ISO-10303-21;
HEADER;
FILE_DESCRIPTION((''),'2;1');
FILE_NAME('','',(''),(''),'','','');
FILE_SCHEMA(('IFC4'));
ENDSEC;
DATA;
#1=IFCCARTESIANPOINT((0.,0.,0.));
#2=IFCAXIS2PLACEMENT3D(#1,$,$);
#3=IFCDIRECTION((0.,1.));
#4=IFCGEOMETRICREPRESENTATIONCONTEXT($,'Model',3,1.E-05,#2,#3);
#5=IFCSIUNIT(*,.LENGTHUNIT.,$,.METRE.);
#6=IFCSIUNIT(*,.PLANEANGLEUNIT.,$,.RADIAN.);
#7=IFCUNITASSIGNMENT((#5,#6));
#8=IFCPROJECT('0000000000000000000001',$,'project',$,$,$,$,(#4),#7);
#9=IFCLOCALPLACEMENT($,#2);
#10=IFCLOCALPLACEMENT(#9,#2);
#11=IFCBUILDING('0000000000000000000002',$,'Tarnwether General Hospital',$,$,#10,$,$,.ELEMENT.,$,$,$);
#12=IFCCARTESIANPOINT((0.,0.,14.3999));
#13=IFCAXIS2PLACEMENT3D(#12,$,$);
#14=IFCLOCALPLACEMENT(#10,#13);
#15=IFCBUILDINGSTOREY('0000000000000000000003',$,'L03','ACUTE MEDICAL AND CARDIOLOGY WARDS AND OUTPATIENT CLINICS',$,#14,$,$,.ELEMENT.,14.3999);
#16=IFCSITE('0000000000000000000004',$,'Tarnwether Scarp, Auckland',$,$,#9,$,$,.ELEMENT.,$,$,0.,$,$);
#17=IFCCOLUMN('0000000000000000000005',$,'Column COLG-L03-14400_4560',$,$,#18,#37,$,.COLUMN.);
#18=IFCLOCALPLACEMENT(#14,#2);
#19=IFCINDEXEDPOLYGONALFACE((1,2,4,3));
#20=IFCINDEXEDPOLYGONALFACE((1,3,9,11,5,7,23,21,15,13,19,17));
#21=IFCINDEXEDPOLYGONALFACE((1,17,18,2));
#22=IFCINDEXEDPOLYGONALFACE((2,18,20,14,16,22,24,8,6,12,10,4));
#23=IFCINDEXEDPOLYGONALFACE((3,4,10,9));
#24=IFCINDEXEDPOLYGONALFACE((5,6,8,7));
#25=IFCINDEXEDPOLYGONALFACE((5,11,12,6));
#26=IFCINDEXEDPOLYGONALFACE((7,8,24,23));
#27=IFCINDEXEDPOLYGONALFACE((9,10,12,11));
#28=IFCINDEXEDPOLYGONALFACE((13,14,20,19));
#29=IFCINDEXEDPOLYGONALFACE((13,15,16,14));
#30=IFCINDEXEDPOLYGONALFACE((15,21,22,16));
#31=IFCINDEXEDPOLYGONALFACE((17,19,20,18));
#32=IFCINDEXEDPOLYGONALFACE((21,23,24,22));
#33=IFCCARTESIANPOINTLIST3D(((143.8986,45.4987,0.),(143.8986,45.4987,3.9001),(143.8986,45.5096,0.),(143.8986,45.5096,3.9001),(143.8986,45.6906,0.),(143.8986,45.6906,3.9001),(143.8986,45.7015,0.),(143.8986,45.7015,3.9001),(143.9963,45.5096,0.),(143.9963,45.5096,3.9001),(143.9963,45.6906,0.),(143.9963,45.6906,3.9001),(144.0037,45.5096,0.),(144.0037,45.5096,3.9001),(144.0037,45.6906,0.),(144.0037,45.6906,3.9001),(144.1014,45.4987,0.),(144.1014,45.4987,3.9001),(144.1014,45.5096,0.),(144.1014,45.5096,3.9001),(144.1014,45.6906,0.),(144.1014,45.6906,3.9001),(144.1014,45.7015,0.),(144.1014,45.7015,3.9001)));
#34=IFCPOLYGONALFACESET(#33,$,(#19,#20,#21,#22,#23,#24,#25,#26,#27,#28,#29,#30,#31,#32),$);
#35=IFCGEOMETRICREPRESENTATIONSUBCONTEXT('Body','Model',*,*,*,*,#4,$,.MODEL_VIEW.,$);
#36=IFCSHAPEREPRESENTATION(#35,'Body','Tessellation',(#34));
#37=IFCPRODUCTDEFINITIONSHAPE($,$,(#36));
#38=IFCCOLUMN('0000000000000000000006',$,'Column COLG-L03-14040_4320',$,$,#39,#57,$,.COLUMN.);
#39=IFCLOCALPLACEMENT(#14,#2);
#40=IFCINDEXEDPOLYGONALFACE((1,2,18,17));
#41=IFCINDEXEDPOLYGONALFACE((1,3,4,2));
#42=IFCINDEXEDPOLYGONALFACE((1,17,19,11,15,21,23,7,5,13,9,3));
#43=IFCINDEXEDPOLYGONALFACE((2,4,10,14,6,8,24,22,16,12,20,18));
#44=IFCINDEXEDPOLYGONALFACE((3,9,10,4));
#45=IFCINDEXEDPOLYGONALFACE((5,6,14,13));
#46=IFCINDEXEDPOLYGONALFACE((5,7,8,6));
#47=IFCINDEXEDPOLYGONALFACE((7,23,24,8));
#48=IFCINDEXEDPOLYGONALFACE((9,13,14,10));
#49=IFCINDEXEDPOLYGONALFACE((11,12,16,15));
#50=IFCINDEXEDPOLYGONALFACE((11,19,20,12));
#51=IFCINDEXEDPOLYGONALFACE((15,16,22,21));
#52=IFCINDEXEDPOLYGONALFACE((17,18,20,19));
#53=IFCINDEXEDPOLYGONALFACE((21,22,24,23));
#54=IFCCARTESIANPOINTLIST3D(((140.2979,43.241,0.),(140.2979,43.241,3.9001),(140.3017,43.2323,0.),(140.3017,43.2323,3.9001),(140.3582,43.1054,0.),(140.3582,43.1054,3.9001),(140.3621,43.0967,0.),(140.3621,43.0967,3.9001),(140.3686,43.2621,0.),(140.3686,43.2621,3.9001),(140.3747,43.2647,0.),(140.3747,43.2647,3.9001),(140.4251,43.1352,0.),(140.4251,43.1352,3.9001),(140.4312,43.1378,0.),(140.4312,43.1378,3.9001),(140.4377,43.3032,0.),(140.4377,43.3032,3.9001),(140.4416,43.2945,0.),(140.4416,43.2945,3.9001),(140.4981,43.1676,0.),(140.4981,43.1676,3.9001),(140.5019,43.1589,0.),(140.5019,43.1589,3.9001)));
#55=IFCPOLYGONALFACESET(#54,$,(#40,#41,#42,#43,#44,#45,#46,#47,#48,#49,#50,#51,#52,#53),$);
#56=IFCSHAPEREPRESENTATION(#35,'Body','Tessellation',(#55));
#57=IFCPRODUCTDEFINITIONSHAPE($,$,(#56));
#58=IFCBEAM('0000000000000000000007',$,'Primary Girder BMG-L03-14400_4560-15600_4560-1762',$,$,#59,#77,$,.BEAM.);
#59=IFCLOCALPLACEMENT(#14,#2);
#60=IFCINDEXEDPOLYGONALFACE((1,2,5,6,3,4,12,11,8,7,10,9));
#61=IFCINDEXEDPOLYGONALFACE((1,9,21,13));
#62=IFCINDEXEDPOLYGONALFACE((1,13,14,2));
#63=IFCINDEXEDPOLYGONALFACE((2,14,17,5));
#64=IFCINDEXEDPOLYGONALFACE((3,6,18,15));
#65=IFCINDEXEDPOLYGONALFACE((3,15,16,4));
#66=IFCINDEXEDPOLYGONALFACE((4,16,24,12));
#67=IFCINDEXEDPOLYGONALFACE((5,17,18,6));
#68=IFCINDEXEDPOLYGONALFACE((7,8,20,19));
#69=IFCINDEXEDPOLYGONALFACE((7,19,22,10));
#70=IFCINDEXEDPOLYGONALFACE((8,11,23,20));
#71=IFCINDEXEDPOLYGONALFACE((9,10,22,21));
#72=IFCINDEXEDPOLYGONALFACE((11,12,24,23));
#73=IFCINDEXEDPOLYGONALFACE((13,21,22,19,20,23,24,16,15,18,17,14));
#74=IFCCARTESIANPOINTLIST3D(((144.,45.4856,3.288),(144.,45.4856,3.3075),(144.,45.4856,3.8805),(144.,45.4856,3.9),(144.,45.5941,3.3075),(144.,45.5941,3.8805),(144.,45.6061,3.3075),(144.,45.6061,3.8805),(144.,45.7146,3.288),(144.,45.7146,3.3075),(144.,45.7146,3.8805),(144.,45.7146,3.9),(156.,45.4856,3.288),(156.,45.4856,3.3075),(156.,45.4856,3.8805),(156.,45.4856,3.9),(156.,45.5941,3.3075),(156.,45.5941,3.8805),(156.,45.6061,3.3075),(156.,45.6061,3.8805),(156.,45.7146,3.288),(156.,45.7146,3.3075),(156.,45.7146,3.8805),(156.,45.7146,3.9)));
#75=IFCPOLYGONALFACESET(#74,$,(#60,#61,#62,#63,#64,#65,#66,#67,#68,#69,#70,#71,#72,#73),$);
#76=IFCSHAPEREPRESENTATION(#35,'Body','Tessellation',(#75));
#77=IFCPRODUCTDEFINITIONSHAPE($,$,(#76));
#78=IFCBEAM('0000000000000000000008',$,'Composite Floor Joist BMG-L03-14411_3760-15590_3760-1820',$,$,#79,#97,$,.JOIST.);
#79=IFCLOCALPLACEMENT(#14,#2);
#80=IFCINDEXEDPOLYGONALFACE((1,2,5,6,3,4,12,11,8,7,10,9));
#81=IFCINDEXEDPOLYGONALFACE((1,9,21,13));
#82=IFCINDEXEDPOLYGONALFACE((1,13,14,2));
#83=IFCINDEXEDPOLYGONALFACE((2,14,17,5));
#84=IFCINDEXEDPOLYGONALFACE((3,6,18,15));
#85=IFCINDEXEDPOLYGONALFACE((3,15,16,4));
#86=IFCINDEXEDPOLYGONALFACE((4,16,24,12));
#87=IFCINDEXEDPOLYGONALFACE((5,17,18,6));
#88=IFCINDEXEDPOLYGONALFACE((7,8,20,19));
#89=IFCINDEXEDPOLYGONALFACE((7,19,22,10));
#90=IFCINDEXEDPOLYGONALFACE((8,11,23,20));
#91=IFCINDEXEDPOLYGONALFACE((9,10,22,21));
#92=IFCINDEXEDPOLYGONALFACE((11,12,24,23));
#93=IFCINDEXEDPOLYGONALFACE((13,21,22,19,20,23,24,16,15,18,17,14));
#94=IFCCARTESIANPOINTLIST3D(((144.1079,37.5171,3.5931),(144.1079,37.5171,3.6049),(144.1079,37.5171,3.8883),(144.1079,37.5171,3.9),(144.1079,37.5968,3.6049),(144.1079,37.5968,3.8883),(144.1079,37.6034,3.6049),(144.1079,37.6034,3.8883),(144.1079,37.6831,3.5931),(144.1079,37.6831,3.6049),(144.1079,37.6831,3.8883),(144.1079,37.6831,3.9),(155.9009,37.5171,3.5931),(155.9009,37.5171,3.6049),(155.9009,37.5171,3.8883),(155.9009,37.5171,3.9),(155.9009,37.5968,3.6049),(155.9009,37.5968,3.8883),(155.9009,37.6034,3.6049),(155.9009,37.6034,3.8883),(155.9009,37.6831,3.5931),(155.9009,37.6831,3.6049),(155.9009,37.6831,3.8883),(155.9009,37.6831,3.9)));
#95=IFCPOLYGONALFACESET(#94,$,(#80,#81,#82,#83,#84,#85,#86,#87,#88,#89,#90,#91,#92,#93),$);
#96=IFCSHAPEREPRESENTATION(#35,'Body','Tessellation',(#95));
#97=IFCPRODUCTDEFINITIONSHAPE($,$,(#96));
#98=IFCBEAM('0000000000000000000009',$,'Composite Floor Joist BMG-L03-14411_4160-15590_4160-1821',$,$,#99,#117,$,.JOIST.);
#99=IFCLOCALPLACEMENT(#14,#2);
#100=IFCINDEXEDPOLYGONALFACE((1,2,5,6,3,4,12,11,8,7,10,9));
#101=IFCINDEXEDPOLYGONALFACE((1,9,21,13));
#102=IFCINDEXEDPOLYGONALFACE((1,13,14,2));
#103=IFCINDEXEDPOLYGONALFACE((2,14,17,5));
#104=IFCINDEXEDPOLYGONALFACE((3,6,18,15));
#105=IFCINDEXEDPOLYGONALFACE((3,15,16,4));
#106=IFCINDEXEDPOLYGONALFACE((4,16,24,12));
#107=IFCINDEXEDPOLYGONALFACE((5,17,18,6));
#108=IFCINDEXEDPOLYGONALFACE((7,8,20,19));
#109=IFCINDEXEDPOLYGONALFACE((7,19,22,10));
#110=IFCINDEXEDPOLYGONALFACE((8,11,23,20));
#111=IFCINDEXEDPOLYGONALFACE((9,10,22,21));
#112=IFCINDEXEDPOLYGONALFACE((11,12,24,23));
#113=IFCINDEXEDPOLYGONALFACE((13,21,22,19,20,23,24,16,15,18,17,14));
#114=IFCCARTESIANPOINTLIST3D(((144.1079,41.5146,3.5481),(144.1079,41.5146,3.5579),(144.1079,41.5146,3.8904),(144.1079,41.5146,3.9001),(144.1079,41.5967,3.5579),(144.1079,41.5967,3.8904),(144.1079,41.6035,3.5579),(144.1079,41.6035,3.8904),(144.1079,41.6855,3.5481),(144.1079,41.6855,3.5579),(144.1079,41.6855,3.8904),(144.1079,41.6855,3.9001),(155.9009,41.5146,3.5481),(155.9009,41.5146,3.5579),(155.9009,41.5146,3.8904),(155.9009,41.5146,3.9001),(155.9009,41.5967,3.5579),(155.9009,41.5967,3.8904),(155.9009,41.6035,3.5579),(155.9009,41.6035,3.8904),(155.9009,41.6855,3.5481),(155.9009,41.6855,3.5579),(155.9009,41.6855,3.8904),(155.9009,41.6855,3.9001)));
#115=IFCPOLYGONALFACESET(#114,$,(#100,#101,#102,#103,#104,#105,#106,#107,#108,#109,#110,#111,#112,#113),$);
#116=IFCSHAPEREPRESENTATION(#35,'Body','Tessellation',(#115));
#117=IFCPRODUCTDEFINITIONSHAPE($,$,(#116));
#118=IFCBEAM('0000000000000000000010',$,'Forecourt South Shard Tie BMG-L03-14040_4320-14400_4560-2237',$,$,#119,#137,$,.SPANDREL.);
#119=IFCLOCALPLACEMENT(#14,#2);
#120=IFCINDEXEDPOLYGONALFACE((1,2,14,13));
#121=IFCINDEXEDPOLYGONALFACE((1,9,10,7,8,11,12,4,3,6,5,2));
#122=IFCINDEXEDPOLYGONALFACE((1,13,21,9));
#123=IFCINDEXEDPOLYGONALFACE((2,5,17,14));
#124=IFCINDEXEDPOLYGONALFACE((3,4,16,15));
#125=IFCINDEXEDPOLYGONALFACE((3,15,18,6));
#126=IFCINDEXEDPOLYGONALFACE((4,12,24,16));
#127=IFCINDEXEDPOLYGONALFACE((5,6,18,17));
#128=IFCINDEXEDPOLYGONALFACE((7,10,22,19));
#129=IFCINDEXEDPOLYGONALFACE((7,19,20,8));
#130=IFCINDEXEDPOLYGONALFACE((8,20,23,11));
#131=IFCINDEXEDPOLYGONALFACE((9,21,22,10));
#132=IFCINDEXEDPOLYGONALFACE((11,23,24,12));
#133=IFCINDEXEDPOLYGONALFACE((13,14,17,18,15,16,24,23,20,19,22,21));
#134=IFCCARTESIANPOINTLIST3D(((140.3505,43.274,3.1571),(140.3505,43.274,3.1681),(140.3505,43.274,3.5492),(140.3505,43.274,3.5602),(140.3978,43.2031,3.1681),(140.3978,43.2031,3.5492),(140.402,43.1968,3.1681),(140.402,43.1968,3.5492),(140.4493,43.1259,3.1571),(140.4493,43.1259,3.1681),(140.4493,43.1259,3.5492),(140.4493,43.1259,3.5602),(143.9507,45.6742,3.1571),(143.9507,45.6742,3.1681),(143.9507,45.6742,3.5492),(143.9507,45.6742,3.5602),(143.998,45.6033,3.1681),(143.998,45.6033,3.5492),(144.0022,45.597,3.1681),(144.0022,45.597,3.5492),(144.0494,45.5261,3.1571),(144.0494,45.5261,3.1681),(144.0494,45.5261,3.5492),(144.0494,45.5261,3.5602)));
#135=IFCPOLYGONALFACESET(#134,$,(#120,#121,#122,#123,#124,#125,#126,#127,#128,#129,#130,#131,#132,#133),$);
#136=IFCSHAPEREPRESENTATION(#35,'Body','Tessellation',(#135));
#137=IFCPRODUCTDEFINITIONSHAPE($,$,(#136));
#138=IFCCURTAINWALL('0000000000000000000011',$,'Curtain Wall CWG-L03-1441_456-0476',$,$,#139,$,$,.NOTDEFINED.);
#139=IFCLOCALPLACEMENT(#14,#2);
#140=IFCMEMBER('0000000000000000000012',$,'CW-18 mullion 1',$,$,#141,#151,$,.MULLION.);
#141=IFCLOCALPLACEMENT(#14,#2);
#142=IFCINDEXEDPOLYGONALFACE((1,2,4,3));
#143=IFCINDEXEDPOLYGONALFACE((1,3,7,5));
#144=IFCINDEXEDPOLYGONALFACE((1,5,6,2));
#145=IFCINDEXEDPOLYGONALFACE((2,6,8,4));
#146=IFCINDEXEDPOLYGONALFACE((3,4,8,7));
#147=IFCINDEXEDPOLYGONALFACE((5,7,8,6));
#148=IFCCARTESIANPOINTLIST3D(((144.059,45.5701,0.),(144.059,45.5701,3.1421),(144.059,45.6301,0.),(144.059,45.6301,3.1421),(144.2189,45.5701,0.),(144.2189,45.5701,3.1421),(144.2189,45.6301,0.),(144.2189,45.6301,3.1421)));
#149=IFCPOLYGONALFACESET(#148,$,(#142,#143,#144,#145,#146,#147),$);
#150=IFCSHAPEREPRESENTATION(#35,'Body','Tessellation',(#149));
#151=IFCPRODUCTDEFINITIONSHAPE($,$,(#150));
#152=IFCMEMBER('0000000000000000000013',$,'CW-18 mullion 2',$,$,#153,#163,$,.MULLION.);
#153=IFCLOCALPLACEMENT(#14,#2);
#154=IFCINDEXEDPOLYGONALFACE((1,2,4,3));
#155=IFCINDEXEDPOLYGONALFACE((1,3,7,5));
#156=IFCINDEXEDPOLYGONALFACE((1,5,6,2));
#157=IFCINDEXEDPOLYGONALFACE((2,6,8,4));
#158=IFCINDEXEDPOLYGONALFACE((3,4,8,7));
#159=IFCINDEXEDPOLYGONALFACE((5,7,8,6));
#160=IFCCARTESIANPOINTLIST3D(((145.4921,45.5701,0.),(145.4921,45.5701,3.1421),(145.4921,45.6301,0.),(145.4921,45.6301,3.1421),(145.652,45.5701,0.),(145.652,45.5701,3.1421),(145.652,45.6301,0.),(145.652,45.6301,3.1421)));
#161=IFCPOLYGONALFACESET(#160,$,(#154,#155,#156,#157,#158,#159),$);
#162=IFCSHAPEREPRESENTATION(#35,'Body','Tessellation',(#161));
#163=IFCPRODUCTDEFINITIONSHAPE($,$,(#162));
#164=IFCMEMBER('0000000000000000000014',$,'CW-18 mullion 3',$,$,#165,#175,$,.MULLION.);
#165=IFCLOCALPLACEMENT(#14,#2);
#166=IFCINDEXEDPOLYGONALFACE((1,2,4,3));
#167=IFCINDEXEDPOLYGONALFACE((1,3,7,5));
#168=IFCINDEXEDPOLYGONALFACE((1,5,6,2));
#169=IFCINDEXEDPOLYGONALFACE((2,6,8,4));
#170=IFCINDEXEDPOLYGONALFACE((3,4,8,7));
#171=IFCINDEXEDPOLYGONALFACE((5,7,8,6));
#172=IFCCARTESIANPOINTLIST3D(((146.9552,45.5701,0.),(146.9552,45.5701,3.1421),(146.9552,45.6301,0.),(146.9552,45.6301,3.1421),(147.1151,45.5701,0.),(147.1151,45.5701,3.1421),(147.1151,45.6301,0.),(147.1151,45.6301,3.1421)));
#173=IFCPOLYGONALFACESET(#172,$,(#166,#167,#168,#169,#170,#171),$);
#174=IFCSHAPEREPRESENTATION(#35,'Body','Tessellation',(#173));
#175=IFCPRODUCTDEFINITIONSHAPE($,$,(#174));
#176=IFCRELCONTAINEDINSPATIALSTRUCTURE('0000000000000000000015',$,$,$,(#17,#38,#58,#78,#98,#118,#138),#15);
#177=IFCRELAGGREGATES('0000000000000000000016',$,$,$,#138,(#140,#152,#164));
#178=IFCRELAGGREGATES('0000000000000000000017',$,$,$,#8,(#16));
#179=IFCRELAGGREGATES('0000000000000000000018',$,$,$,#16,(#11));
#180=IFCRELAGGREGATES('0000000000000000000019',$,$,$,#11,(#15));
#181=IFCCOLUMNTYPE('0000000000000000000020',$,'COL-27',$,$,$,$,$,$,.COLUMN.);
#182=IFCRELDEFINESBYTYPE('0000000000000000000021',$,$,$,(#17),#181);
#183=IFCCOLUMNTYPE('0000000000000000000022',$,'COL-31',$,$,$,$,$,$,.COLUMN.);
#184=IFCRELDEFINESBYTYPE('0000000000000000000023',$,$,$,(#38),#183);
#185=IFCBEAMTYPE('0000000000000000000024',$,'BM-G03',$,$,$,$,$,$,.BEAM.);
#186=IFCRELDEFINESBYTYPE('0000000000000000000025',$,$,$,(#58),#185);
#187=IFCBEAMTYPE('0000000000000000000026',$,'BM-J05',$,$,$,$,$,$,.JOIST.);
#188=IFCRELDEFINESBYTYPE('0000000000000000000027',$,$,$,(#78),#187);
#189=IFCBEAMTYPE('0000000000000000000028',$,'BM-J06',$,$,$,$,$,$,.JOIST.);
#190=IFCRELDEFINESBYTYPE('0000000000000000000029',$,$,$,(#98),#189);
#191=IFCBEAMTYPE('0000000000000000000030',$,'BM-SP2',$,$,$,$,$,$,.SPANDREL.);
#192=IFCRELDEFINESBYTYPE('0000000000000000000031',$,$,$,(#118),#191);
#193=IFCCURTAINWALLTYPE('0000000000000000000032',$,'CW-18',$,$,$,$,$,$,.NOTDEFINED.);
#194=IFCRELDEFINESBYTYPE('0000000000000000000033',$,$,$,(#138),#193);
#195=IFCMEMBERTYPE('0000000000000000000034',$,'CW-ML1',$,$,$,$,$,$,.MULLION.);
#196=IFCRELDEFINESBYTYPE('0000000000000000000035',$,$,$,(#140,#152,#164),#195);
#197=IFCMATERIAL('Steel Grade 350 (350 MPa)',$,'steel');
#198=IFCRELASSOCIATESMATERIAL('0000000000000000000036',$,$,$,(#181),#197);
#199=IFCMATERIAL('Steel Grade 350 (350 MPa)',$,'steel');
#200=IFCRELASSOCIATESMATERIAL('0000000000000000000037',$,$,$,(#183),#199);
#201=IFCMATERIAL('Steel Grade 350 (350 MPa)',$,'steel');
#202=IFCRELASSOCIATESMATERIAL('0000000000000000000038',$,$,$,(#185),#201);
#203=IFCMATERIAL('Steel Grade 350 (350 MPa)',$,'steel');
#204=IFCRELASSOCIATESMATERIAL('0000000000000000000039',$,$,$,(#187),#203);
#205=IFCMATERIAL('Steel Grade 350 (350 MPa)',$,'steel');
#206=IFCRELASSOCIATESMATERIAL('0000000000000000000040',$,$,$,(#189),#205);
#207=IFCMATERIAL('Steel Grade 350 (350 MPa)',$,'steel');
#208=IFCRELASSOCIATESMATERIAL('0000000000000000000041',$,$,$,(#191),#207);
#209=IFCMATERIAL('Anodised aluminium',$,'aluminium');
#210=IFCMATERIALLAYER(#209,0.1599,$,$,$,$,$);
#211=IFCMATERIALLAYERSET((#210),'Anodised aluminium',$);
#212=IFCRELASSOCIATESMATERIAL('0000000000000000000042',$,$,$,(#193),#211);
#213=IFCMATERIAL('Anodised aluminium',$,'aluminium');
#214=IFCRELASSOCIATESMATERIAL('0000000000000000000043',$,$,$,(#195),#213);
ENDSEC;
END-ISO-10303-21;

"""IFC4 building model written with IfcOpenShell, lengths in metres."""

from ifc_helpers import new_model, si_unit, direction, frame, origin, origin_2d, place, context, subcontext, project, spatial, rectangle, i_section, extrude, material, layer, layer_set, material_profile, profile_set, type_object, element, aggregate, save


model = new_model("IFC4")

# Units and contexts
model_context = context("Model", 3, precision=1e-05, world=origin(), true_north=direction((0.0, 1.0)))
body_context = subcontext(model_context, "Body", "Model", "MODEL_VIEW")
ifc_project = project(units=[si_unit("LENGTHUNIT", "METRE"), si_unit("PLANEANGLEUNIT", "RADIAN")], contexts=[model_context])

# Site, building, storey
site_placement = place(None, origin())
site = spatial("IfcSite", under=ifc_project, at=site_placement, Name="Tarnwether Scarp, Auckland", CompositionType="ELEMENT", RefElevation=0.0)
building_placement = place(site_placement, origin())
building = spatial("IfcBuilding", under=site, at=building_placement, Name="Tarnwether General Hospital", CompositionType="ELEMENT")
storey_placement = place(building_placement, frame((0.0, 0.0, 14.3999)))
storey = spatial("IfcBuildingStorey", under=building, at=storey_placement, Name="L03", Description="ACUTE MEDICAL AND CARDIOLOGY WARDS AND OUTPATIENT CLINICS", CompositionType="ELEMENT", Elevation=14.3999)

# Columns
ifc_material_1 = material(Name="Steel Grade 350 (350 MPa)", Category="steel")
ifc_material_profile_1 = material_profile(ifc_material_1, i_section(OverallWidth=0.2029, OverallDepth=0.2029, WebThickness=0.0073, FlangeThickness=0.011, at=origin_2d()), Name="200UC46.2")
ifc_profile_set_1 = profile_set([ifc_material_profile_1], Name="Steel Grade 350 (350 MPa)")
column_type_1 = type_object("IfcColumnType", Name="COL-27", PredefinedType="COLUMN", material=ifc_profile_set_1)
column_1_placement = place(storey_placement, frame((144.0, 45.6001, 0.0), z_axis=(0.0, 0.0, 1.0), x_axis=(1.0, 0.0, 0.0)))
element("IfcColumn", 1, at=column_1_placement, inside=storey, type_object=column_type_1, Name="Column COLG-L03-14400_4560", PredefinedType="COLUMN", context=body_context, shape_type="SweptSolid", body=[
    extrude(i_section(OverallWidth=0.2029, OverallDepth=0.2029, WebThickness=0.0073, FlangeThickness=0.011, at=origin_2d()), origin(), (0.0, 0.0, 1.0), 3.9001),
])
ifc_material_2 = material(Name="Steel Grade 350 (350 MPa)", Category="steel")
ifc_material_profile_2 = material_profile(ifc_material_2, i_section(OverallWidth=0.1531, OverallDepth=0.158, WebThickness=0.0066, FlangeThickness=0.0095, at=origin_2d()), Name="150UC30.0")
ifc_profile_set_2 = profile_set([ifc_material_profile_2], Name="Steel Grade 350 (350 MPa)")
column_type_2 = type_object("IfcColumnType", Name="COL-31", PredefinedType="COLUMN", material=ifc_profile_set_2)
column_2_placement = place(storey_placement, frame((140.3999, 43.2, 0.0), z_axis=(0.0, 0.0, 1.0), x_axis=(0.913545, 0.406737, 0.0)))
element("IfcColumn", 2, at=column_2_placement, inside=storey, type_object=column_type_2, Name="Column COLG-L03-14040_4320", PredefinedType="COLUMN", context=body_context, shape_type="SweptSolid", body=[
    extrude(i_section(OverallWidth=0.1531, OverallDepth=0.158, WebThickness=0.0066, FlangeThickness=0.0095, at=origin_2d()), origin(), (0.0, 0.0, 1.0), 3.9001),
])

# Beams
ifc_material_3 = material(Name="Steel Grade 350 (350 MPa)", Category="steel")
ifc_material_profile_3 = material_profile(ifc_material_3, i_section(OverallWidth=0.229, OverallDepth=0.6121, WebThickness=0.012, FlangeThickness=0.0195, at=origin_2d()), Name="610UB125")
ifc_profile_set_3 = profile_set([ifc_material_profile_3], Name="Steel Grade 350 (350 MPa)")
beam_type_1 = type_object("IfcBeamType", Name="BM-G03", PredefinedType="BEAM", material=ifc_profile_set_3)
beam_1_placement = place(storey_placement, frame((144.0, 45.6001, 3.594), z_axis=(1.0, 0.0, 0.0), x_axis=(0.0, 1.0, 0.0)))
element("IfcBeam", 3, at=beam_1_placement, inside=storey, type_object=beam_type_1, Name="Primary Girder BMG-L03-14400_4560-15600_4560-1762", PredefinedType="BEAM", context=body_context, shape_type="SweptSolid", body=[
    extrude(i_section(OverallWidth=0.229, OverallDepth=0.6121, WebThickness=0.012, FlangeThickness=0.0195, at=origin_2d()), origin(), (0.0, 0.0, 1.0), 12.0),
])
ifc_material_4 = material(Name="Steel Grade 350 (350 MPa)", Category="steel")
ifc_material_profile_4 = material_profile(ifc_material_4, i_section(OverallWidth=0.166, OverallDepth=0.3069, WebThickness=0.0066, FlangeThickness=0.0117, at=origin_2d()), Name="310UB46.2")
ifc_profile_set_4 = profile_set([ifc_material_profile_4], Name="Steel Grade 350 (350 MPa)")
beam_type_2 = type_object("IfcBeamType", Name="BM-J05", PredefinedType="JOIST", material=ifc_profile_set_4)
beam_2_placement = place(storey_placement, frame((144.1079, 37.6001, 3.7466), z_axis=(1.0, 0.0, 0.0), x_axis=(0.0, 1.0, 0.0)))
element("IfcBeam", 4, at=beam_2_placement, inside=storey, type_object=beam_type_2, Name="Composite Floor Joist BMG-L03-14411_3760-15590_3760-1820", PredefinedType="JOIST", context=body_context, shape_type="SweptSolid", body=[
    extrude(i_section(OverallWidth=0.166, OverallDepth=0.3069, WebThickness=0.0066, FlangeThickness=0.0117, at=origin_2d()), origin(), (0.0, 0.0, 1.0), 11.793),
])
ifc_material_5 = material(Name="Steel Grade 350 (350 MPa)", Category="steel")
ifc_material_profile_5 = material_profile(ifc_material_5, i_section(OverallWidth=0.1709, OverallDepth=0.3521, WebThickness=0.0068, FlangeThickness=0.0098, at=origin_2d()), Name="360UB44.7")
ifc_profile_set_5 = profile_set([ifc_material_profile_5], Name="Steel Grade 350 (350 MPa)")
beam_type_3 = type_object("IfcBeamType", Name="BM-J06", PredefinedType="JOIST", material=ifc_profile_set_5)
beam_3_placement = place(storey_placement, frame((144.1079, 41.6001, 3.7241), z_axis=(1.0, 0.0, 0.0), x_axis=(0.0, 1.0, 0.0)))
element("IfcBeam", 5, at=beam_3_placement, inside=storey, type_object=beam_type_3, Name="Composite Floor Joist BMG-L03-14411_4160-15590_4160-1821", PredefinedType="JOIST", context=body_context, shape_type="SweptSolid", body=[
    extrude(i_section(OverallWidth=0.1709, OverallDepth=0.3521, WebThickness=0.0068, FlangeThickness=0.0098, at=origin_2d()), origin(), (0.0, 0.0, 1.0), 11.793),
])
ifc_material_6 = material(Name="Steel Grade 350 (350 MPa)", Category="steel")
ifc_material_profile_6 = material_profile(ifc_material_6, i_section(OverallWidth=0.178, OverallDepth=0.4031, WebThickness=0.0076, FlangeThickness=0.011, at=origin_2d()), Name="410UB53.7")
ifc_profile_set_6 = profile_set([ifc_material_profile_6], Name="Steel Grade 350 (350 MPa)")
beam_type_4 = type_object("IfcBeamType", Name="BM-SP2", PredefinedType="SPANDREL", material=ifc_profile_set_6)
beam_4_placement = place(storey_placement, frame((140.3999, 43.2, 3.3586), z_axis=(0.832042, 0.554713, 0.0), x_axis=(-0.554713, 0.832042, 0.0)))
element("IfcBeam", 6, at=beam_4_placement, inside=storey, type_object=beam_type_4, Name="Forecourt South Shard Tie BMG-L03-14040_4320-14400_4560-2237", PredefinedType="SPANDREL", context=body_context, shape_type="SweptSolid", body=[
    extrude(i_section(OverallWidth=0.178, OverallDepth=0.4031, WebThickness=0.0076, FlangeThickness=0.011, at=origin_2d()), origin(), (0.0, 0.0, 1.0), 4.3269),
])

# Curtain wall, members
ifc_material_7 = material(Name="Anodised aluminium", Category="aluminium")
ifc_layer_1 = layer(ifc_material_7, 0.1599)
ifc_layer_set_1 = layer_set([ifc_layer_1], Name="Anodised aluminium")
curtain_wall_type = type_object("IfcCurtainWallType", Name="CW-18", PredefinedType="NOTDEFINED", material=ifc_layer_set_1)
curtain_wall_placement = place(storey_placement, origin())
curtain_wall = element("IfcCurtainWall", 7, at=curtain_wall_placement, inside=storey, type_object=curtain_wall_type, Name="Curtain Wall CWG-L03-1441_456-0476", PredefinedType="NOTDEFINED")
ifc_material_8 = material(Name="Anodised aluminium", Category="aluminium")
ifc_material_profile_7 = material_profile(ifc_material_8, rectangle(XDim=0.0601, YDim=0.1599, at=origin_2d()), Name="ALU-MUL-60x160")
ifc_profile_set_7 = profile_set([ifc_material_profile_7], Name="Anodised aluminium")
member_type_1 = type_object("IfcMemberType", Name="CW-ML1", PredefinedType="MULLION", material=ifc_profile_set_7)
member_1_placement = place(storey_placement, frame((144.1389, 45.6001, 0.0), z_axis=(0.0, 0.0, 1.0), x_axis=(0.0, 1.0, 0.0)))
member_1 = element("IfcMember", 8, at=member_1_placement, type_object=member_type_1, Name="CW-18 mullion 1", PredefinedType="MULLION", context=body_context, shape_type="SweptSolid", body=[
    extrude(rectangle(XDim=0.0601, YDim=0.1599, at=origin_2d()), origin(), (0.0, 0.0, 1.0), 3.1421),
])
member_2_placement = place(storey_placement, frame((145.572, 45.6001, 0.0), z_axis=(0.0, 0.0, 1.0), x_axis=(0.0, 1.0, 0.0)))
member_2 = element("IfcMember", 9, at=member_2_placement, type_object=member_type_1, Name="CW-18 mullion 2", PredefinedType="MULLION", context=body_context, shape_type="SweptSolid", body=[
    extrude(rectangle(XDim=0.0601, YDim=0.1599, at=origin_2d()), origin(), (0.0, 0.0, 1.0), 3.1421),
])
member_3_placement = place(storey_placement, frame((147.0352, 45.6001, 0.0), z_axis=(0.0, 0.0, 1.0), x_axis=(0.0, 1.0, 0.0)))
member_3 = element("IfcMember", 10, at=member_3_placement, type_object=member_type_1, Name="CW-18 mullion 3", PredefinedType="MULLION", context=body_context, shape_type="SweptSolid", body=[
    extrude(rectangle(XDim=0.0601, YDim=0.1599, at=origin_2d()), origin(), (0.0, 0.0, 1.0), 3.1421),
])
aggregate(curtain_wall, [member_1, member_2, member_3])

save(model, "model.ifc")
